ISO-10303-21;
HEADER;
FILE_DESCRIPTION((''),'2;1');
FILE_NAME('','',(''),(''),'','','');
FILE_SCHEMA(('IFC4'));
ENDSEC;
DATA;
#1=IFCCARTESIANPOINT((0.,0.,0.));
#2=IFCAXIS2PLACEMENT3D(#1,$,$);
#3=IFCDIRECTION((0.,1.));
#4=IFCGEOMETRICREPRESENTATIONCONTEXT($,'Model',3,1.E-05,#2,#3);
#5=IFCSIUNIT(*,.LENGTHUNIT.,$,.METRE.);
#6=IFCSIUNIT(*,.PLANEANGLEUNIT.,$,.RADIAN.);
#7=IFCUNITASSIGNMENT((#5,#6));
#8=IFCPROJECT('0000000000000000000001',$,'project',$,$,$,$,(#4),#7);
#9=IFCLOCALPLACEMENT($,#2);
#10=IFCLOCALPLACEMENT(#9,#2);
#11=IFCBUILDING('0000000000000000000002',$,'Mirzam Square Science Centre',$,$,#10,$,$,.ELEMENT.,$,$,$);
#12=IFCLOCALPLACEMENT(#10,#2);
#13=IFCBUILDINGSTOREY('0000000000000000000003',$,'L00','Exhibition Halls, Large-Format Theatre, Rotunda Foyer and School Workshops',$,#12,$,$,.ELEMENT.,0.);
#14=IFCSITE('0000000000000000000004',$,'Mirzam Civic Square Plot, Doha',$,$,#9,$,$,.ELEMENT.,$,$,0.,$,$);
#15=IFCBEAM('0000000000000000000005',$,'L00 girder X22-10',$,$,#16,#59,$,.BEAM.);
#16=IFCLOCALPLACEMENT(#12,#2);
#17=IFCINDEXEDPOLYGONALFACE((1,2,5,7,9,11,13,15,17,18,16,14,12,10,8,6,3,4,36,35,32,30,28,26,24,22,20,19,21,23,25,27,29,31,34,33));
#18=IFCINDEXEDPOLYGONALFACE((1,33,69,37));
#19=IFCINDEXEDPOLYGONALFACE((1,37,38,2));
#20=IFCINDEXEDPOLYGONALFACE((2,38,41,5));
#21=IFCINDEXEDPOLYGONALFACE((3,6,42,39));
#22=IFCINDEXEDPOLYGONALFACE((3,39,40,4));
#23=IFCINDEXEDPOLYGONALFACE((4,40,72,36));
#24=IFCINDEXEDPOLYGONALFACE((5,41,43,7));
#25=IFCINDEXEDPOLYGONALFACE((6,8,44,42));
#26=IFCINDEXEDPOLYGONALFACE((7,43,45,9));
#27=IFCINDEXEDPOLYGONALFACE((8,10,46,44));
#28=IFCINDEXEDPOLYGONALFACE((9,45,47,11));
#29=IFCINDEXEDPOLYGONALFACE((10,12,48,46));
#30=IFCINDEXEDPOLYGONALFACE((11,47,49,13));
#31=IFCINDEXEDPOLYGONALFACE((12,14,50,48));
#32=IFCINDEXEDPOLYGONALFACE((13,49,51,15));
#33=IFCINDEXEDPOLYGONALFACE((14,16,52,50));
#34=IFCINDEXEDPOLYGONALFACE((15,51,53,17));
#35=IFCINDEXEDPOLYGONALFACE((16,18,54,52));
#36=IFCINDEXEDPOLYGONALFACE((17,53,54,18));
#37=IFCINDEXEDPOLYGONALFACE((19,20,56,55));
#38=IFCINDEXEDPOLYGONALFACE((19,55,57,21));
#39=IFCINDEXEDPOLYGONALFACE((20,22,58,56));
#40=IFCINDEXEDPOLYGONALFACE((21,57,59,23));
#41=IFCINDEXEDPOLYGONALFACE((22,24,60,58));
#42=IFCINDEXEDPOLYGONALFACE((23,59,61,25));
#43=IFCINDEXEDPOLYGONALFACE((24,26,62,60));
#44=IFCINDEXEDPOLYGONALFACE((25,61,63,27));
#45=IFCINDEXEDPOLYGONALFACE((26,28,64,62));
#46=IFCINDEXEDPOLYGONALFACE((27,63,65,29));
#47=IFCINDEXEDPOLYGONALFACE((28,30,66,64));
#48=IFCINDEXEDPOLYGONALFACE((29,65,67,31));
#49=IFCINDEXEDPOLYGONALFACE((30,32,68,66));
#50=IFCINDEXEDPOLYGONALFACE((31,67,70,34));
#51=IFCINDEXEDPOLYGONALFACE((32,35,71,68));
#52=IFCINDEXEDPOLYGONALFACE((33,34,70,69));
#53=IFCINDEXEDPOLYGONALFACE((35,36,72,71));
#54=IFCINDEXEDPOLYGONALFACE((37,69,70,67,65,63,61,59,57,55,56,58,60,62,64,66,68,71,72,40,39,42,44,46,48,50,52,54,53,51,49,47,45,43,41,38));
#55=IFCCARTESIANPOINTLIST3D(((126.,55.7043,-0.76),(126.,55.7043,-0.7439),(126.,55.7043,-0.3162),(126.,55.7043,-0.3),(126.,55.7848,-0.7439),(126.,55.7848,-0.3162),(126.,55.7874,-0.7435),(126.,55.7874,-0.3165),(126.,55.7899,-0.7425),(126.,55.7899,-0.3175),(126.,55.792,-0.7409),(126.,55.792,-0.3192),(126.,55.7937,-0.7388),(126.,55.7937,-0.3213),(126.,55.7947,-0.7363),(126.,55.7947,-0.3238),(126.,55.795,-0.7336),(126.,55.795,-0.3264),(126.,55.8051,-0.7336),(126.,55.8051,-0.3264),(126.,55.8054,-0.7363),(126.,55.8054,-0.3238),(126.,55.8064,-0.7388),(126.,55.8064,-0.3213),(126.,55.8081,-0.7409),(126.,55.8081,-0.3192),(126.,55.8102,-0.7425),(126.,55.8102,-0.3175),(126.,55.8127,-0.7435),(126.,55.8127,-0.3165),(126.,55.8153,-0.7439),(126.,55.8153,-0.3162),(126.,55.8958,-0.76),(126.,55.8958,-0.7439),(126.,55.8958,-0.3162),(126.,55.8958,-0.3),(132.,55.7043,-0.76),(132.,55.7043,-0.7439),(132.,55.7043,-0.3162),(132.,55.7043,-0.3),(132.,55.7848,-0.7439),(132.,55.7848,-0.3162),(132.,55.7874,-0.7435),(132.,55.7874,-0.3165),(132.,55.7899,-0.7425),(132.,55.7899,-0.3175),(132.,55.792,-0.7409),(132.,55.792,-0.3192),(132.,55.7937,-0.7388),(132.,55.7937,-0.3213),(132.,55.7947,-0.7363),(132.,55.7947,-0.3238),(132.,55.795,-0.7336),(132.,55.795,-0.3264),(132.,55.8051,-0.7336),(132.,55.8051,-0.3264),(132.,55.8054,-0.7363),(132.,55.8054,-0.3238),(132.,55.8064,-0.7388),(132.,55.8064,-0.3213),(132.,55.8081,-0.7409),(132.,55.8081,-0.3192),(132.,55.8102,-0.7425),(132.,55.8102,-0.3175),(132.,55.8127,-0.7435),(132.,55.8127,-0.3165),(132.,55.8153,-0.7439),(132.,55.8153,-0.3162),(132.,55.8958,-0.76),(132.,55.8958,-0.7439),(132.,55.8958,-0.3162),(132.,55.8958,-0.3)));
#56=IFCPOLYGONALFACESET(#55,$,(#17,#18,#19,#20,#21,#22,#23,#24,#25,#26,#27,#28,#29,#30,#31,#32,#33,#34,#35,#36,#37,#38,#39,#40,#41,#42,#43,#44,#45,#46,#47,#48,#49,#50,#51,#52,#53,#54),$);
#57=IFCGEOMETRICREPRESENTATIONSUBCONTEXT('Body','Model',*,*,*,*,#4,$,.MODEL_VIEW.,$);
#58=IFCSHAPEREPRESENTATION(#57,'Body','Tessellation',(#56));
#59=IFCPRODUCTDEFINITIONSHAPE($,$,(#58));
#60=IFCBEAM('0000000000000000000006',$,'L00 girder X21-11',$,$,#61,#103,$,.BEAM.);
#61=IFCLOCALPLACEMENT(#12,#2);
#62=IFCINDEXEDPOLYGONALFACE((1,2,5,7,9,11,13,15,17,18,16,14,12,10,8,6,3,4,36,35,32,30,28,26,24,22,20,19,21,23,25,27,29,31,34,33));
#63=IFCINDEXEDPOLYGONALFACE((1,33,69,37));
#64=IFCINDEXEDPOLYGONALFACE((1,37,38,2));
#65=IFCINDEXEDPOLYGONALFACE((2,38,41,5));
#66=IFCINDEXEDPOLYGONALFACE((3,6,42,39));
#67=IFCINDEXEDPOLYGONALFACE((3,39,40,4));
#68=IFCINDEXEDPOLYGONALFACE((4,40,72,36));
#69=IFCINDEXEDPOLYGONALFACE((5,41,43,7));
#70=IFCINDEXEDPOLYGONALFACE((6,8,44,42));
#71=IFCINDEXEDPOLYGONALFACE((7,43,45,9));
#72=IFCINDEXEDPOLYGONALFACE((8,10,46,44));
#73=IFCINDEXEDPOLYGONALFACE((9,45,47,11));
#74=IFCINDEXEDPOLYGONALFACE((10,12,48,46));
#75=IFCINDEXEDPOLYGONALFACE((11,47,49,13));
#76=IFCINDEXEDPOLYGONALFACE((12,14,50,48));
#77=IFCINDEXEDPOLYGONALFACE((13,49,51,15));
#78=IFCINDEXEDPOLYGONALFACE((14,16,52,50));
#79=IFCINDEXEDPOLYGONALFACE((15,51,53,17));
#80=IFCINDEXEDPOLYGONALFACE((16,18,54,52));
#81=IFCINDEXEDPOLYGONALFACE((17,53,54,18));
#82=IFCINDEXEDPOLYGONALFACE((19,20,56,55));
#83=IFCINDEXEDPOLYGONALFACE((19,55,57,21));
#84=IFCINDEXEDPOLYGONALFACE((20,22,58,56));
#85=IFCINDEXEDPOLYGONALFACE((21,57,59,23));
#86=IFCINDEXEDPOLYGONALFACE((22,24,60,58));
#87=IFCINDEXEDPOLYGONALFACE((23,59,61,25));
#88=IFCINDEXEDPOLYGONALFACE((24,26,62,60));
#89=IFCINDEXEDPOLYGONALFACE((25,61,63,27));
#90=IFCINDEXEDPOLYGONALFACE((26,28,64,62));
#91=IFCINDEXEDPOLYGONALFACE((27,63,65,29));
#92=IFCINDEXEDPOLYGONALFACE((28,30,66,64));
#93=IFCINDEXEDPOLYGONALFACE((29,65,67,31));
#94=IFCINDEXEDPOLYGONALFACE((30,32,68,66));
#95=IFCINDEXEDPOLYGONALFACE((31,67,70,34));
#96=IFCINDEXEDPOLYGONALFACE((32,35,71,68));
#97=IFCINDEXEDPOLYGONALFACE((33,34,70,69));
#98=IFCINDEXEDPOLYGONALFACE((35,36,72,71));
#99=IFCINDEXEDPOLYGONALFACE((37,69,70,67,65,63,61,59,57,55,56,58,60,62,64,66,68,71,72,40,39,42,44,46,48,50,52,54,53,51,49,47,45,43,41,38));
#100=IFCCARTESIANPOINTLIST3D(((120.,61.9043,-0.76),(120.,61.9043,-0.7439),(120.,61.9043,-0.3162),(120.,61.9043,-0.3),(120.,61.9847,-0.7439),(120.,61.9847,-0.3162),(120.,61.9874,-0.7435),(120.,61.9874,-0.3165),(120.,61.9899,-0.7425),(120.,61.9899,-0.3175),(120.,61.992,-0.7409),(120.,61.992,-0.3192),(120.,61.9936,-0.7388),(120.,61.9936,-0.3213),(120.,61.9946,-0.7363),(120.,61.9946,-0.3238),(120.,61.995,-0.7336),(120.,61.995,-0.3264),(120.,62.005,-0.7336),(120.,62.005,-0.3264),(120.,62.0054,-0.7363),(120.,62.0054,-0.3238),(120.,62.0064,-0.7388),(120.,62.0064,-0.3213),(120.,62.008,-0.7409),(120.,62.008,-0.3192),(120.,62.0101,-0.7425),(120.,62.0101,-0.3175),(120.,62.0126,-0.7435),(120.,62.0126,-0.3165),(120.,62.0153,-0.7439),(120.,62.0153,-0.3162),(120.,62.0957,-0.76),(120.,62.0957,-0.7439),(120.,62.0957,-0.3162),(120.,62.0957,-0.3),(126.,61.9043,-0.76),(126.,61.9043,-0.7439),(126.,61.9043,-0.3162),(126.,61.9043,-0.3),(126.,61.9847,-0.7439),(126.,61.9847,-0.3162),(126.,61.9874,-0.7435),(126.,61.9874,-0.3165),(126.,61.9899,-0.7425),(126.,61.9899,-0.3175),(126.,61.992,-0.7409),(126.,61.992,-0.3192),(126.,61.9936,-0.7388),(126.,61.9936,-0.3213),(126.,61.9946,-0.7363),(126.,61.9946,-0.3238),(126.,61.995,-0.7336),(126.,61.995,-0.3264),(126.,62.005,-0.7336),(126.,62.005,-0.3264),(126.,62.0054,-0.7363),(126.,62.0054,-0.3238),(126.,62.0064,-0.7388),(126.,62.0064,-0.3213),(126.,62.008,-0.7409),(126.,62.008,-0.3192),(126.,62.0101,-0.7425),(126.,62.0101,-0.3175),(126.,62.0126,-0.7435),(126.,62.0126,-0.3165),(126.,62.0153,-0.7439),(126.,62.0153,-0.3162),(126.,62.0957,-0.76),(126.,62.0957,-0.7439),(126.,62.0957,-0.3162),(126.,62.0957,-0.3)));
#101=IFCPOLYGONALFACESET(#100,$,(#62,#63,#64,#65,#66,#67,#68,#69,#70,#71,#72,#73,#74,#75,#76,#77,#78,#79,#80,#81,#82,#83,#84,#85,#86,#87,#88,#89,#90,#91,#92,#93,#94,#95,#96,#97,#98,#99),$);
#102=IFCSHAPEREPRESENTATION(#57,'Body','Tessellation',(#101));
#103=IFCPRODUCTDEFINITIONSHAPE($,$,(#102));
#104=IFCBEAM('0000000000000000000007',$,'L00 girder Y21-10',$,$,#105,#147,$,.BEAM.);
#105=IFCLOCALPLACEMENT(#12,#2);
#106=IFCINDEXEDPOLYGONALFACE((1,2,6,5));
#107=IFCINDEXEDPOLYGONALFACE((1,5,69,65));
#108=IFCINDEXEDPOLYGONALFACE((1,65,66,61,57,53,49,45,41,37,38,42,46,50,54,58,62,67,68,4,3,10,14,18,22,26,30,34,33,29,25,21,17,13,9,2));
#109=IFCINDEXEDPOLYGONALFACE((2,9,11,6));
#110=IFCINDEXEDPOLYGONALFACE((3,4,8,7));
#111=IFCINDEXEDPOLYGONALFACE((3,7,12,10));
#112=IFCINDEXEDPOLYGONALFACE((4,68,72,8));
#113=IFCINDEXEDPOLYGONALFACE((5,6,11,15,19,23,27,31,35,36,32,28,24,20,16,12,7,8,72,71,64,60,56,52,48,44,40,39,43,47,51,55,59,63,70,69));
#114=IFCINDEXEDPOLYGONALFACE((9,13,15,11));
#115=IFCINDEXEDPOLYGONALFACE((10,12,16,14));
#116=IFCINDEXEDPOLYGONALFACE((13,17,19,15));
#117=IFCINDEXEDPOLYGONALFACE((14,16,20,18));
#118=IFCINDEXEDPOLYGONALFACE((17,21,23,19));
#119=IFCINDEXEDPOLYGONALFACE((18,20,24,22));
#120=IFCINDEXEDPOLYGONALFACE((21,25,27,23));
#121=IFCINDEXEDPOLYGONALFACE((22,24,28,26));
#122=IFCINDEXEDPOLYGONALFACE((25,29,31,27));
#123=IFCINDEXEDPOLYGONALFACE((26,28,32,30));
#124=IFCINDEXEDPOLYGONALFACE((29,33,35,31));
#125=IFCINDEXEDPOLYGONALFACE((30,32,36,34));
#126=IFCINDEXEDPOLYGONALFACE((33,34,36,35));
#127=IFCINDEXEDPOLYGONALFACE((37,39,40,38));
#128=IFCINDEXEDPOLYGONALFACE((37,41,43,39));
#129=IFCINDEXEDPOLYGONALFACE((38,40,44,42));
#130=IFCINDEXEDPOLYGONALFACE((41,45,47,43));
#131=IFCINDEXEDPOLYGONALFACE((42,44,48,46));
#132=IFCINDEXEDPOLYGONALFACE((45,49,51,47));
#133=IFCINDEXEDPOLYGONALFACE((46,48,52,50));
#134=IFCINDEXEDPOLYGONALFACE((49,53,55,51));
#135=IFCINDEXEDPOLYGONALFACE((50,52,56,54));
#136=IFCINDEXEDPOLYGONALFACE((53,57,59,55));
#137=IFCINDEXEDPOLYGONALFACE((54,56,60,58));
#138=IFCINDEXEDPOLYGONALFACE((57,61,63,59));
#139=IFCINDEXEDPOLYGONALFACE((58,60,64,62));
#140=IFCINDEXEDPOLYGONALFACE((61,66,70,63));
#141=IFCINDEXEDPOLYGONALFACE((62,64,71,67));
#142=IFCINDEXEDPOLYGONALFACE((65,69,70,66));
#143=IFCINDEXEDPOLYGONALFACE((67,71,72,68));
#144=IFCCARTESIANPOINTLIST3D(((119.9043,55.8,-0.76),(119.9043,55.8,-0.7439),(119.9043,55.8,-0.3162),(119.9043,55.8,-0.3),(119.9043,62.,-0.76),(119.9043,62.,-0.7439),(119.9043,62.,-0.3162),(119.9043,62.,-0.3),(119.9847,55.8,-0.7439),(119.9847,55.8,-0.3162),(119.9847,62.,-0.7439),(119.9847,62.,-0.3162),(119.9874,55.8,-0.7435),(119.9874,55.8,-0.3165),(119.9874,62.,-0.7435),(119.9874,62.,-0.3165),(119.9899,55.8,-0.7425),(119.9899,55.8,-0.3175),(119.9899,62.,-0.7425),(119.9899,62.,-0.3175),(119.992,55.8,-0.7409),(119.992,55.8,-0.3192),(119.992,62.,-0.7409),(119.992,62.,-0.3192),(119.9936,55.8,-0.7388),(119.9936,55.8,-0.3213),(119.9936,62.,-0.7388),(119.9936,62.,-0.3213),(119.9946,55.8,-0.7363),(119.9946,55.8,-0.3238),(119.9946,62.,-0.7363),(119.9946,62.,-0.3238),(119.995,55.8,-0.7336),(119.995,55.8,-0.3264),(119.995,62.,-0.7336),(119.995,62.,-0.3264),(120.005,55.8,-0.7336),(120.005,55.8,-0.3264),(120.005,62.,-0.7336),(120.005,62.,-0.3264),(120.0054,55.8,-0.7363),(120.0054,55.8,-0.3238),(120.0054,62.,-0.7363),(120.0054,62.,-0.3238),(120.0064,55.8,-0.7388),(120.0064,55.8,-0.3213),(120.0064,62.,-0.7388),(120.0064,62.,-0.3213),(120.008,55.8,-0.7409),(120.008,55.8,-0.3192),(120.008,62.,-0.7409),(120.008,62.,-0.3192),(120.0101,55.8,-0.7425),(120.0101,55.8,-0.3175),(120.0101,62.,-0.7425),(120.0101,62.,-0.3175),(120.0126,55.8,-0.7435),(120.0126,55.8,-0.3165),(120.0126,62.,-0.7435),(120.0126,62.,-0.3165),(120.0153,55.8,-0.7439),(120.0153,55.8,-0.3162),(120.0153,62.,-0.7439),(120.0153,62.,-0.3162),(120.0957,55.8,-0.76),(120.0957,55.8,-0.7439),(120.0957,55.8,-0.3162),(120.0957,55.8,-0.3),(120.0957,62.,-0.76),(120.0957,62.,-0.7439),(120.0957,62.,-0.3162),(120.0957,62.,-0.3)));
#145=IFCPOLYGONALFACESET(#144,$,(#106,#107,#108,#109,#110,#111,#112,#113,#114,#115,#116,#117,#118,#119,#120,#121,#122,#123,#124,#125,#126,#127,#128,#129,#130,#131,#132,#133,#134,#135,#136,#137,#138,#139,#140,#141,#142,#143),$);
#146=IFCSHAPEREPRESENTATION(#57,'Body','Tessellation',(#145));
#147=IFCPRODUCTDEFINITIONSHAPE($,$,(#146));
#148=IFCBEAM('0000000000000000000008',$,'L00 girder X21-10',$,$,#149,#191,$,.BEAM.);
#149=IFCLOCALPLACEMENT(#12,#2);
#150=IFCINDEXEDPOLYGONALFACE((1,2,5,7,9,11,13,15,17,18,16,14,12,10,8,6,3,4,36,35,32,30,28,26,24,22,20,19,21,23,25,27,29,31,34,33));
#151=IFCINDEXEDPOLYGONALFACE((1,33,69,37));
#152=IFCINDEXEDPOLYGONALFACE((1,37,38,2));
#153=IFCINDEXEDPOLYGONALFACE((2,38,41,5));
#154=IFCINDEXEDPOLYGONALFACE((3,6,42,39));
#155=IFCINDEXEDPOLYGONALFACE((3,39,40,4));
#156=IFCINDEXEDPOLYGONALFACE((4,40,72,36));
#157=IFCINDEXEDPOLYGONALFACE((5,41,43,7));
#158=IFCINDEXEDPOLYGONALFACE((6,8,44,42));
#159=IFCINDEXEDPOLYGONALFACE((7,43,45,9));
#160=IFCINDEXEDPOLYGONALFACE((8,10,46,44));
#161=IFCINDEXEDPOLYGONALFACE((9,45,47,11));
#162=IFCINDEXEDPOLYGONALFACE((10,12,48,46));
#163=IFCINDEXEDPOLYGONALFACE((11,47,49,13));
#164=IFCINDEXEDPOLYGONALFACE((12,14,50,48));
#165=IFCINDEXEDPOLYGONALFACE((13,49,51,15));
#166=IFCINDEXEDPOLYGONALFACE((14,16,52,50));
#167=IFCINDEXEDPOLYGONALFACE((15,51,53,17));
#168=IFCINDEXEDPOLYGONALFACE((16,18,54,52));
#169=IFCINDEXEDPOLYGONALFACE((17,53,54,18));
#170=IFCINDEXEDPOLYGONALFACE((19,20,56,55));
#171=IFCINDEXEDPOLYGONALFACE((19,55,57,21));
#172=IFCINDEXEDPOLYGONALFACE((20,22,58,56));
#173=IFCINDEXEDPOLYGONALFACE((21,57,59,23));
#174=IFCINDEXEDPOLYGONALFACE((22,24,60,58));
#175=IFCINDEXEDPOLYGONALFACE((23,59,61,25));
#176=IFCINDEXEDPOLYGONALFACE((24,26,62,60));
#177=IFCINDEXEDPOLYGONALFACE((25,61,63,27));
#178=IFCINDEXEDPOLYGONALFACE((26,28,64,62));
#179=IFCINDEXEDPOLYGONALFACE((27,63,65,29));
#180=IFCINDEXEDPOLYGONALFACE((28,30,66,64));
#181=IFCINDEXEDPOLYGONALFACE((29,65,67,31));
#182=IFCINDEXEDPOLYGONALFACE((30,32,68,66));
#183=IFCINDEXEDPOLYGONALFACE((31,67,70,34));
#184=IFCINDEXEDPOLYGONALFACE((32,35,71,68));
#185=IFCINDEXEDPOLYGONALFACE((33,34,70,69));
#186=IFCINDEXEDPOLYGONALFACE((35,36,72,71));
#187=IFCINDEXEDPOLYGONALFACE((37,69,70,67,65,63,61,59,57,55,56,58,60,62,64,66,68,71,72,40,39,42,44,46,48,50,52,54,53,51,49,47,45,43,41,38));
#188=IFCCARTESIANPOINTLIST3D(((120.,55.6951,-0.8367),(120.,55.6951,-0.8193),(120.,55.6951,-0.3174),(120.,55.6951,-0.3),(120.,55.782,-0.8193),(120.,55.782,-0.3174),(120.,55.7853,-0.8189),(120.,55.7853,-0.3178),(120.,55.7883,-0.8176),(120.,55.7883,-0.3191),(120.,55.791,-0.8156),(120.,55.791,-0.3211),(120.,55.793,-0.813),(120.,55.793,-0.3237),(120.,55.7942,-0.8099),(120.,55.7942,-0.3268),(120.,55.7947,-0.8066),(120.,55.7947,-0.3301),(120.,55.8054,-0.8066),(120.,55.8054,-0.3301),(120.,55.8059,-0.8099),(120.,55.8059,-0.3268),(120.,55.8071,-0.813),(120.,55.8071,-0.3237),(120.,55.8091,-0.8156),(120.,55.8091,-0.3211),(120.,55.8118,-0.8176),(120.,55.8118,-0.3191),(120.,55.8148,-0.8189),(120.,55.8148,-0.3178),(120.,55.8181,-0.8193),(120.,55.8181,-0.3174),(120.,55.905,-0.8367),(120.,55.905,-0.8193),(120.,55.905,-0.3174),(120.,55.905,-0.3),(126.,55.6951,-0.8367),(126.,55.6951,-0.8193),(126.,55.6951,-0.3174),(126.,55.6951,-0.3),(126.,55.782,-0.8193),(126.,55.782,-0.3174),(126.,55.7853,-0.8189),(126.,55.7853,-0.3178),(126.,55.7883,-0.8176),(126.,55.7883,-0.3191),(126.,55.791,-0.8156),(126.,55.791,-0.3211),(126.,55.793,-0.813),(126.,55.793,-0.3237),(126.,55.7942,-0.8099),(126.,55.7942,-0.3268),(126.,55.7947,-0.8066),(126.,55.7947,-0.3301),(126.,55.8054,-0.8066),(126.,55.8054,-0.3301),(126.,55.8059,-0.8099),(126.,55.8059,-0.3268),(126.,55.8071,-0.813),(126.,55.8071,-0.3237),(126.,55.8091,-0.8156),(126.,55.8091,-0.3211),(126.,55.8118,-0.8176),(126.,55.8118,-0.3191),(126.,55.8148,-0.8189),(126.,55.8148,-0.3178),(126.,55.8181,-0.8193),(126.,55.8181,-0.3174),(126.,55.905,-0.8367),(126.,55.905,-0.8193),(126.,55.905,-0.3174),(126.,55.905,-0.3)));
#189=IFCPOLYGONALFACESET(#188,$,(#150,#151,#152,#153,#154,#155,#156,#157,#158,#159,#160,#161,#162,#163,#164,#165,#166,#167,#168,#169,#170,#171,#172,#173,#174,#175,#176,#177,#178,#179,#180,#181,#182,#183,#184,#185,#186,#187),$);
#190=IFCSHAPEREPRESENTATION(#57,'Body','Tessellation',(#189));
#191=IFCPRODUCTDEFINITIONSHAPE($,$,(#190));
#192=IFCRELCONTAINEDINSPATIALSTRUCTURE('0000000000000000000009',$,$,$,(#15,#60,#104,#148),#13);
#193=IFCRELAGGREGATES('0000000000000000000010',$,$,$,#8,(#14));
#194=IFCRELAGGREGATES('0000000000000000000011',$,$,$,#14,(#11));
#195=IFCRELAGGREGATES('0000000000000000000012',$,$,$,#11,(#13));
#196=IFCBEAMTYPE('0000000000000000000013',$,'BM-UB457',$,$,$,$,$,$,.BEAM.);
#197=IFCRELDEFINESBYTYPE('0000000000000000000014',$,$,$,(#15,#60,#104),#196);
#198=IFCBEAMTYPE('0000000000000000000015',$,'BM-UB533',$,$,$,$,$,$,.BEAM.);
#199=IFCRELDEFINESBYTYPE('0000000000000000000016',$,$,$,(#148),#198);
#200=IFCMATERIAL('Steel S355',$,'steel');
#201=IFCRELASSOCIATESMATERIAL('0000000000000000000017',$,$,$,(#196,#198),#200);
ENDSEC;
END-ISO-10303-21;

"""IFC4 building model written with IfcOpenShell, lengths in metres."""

from ifc_helpers import new_model, si_unit, direction, frame, origin, origin_2d, place, context, subcontext, project, spatial, i_section, extrude, material, material_profile, profile_set, type_object, element, save


model = new_model("IFC4")

# Units and contexts
model_context = context("Model", 3, precision=1e-05, world=origin(), true_north=direction((0.0, 1.0)))
body_context = subcontext(model_context, "Body", "Model", "MODEL_VIEW")
ifc_project = project(units=[si_unit("LENGTHUNIT", "METRE"), si_unit("PLANEANGLEUNIT", "RADIAN")], contexts=[model_context])

# Site, building, storey
site_placement = place(None, origin())
site = spatial("IfcSite", under=ifc_project, at=site_placement, Name="Mirzam Civic Square Plot, Doha", CompositionType="ELEMENT", RefElevation=0.0)
building_placement = place(site_placement, origin())
building = spatial("IfcBuilding", under=site, at=building_placement, Name="Mirzam Square Science Centre", CompositionType="ELEMENT")
storey_placement = place(building_placement, origin())
storey = spatial("IfcBuildingStorey", under=building, at=storey_placement, Name="L00", Description="Exhibition Halls, Large-Format Theatre, Rotunda Foyer and School Workshops", CompositionType="ELEMENT", Elevation=0.0)

# Shared definitions
ifc_material_1 = material(Name="Steel S355", Category="steel")

# Beams
ifc_material_profile_1 = material_profile(ifc_material_1, i_section(OverallWidth=0.1914, OverallDepth=0.46, WebThickness=0.01, FlangeThickness=0.0161, FilletRadius=0.0103, at=origin_2d()), Name="457x191x82UB")
ifc_profile_set_1 = profile_set([ifc_material_profile_1], Name="Steel S355")
beam_type_1 = type_object("IfcBeamType", Name="BM-UB457", PredefinedType="BEAM", material=ifc_profile_set_1)
for number, where, z_axis, x_axis, name in (
    (1, (126.0, 55.8, -0.53), (1.0, 0.0, 0.0), (0.0, 1.0, 0.0), "L00 girder X22-10"),
    (2, (120.0, 62.0, -0.53), (1.0, 0.0, 0.0), (0.0, 1.0, 0.0), "L00 girder X21-11"),
):
    element("IfcBeam", number, at=place(storey_placement, frame(where, z_axis=z_axis, x_axis=x_axis)), inside=storey, type_object=beam_type_1, Name=name, PredefinedType="BEAM", context=body_context, shape_type="SweptSolid", body=[
        extrude(i_section(OverallWidth=0.1914, OverallDepth=0.46, WebThickness=0.01, FlangeThickness=0.0161, FilletRadius=0.0103, at=origin_2d()), origin(), (0.0, 0.0, 1.0), 6.0),
    ])
beam_1_placement = place(storey_placement, frame((120.0, 55.8, -0.53), z_axis=(0.0, 1.0, 0.0), x_axis=(-1.0, 0.0, 0.0)))
element("IfcBeam", 3, at=beam_1_placement, inside=storey, type_object=beam_type_1, Name="L00 girder Y21-10", PredefinedType="BEAM", context=body_context, shape_type="SweptSolid", body=[
    extrude(i_section(OverallWidth=0.1914, OverallDepth=0.46, WebThickness=0.01, FlangeThickness=0.0161, FilletRadius=0.0103, at=origin_2d()), origin(), (0.0, 0.0, 1.0), 6.2),
])
ifc_material_profile_2 = material_profile(ifc_material_1, i_section(OverallWidth=0.21, OverallDepth=0.5366, WebThickness=0.0107, FlangeThickness=0.0173, FilletRadius=0.0127, at=origin_2d()), Name="533x210x101UB")
ifc_profile_set_2 = profile_set([ifc_material_profile_2], Name="Steel S355")
beam_type_2 = type_object("IfcBeamType", Name="BM-UB533", PredefinedType="BEAM", material=ifc_profile_set_2)
beam_2_placement = place(storey_placement, frame((120.0, 55.8, -0.5684), z_axis=(1.0, 0.0, 0.0), x_axis=(0.0, 1.0, 0.0)))
element("IfcBeam", 4, at=beam_2_placement, inside=storey, type_object=beam_type_2, Name="L00 girder X21-10", PredefinedType="BEAM", context=body_context, shape_type="SweptSolid", body=[
    extrude(i_section(OverallWidth=0.21, OverallDepth=0.5366, WebThickness=0.0107, FlangeThickness=0.0173, FilletRadius=0.0127, at=origin_2d()), origin(), (0.0, 0.0, 1.0), 6.0),
])

save(model, "model.ifc")
